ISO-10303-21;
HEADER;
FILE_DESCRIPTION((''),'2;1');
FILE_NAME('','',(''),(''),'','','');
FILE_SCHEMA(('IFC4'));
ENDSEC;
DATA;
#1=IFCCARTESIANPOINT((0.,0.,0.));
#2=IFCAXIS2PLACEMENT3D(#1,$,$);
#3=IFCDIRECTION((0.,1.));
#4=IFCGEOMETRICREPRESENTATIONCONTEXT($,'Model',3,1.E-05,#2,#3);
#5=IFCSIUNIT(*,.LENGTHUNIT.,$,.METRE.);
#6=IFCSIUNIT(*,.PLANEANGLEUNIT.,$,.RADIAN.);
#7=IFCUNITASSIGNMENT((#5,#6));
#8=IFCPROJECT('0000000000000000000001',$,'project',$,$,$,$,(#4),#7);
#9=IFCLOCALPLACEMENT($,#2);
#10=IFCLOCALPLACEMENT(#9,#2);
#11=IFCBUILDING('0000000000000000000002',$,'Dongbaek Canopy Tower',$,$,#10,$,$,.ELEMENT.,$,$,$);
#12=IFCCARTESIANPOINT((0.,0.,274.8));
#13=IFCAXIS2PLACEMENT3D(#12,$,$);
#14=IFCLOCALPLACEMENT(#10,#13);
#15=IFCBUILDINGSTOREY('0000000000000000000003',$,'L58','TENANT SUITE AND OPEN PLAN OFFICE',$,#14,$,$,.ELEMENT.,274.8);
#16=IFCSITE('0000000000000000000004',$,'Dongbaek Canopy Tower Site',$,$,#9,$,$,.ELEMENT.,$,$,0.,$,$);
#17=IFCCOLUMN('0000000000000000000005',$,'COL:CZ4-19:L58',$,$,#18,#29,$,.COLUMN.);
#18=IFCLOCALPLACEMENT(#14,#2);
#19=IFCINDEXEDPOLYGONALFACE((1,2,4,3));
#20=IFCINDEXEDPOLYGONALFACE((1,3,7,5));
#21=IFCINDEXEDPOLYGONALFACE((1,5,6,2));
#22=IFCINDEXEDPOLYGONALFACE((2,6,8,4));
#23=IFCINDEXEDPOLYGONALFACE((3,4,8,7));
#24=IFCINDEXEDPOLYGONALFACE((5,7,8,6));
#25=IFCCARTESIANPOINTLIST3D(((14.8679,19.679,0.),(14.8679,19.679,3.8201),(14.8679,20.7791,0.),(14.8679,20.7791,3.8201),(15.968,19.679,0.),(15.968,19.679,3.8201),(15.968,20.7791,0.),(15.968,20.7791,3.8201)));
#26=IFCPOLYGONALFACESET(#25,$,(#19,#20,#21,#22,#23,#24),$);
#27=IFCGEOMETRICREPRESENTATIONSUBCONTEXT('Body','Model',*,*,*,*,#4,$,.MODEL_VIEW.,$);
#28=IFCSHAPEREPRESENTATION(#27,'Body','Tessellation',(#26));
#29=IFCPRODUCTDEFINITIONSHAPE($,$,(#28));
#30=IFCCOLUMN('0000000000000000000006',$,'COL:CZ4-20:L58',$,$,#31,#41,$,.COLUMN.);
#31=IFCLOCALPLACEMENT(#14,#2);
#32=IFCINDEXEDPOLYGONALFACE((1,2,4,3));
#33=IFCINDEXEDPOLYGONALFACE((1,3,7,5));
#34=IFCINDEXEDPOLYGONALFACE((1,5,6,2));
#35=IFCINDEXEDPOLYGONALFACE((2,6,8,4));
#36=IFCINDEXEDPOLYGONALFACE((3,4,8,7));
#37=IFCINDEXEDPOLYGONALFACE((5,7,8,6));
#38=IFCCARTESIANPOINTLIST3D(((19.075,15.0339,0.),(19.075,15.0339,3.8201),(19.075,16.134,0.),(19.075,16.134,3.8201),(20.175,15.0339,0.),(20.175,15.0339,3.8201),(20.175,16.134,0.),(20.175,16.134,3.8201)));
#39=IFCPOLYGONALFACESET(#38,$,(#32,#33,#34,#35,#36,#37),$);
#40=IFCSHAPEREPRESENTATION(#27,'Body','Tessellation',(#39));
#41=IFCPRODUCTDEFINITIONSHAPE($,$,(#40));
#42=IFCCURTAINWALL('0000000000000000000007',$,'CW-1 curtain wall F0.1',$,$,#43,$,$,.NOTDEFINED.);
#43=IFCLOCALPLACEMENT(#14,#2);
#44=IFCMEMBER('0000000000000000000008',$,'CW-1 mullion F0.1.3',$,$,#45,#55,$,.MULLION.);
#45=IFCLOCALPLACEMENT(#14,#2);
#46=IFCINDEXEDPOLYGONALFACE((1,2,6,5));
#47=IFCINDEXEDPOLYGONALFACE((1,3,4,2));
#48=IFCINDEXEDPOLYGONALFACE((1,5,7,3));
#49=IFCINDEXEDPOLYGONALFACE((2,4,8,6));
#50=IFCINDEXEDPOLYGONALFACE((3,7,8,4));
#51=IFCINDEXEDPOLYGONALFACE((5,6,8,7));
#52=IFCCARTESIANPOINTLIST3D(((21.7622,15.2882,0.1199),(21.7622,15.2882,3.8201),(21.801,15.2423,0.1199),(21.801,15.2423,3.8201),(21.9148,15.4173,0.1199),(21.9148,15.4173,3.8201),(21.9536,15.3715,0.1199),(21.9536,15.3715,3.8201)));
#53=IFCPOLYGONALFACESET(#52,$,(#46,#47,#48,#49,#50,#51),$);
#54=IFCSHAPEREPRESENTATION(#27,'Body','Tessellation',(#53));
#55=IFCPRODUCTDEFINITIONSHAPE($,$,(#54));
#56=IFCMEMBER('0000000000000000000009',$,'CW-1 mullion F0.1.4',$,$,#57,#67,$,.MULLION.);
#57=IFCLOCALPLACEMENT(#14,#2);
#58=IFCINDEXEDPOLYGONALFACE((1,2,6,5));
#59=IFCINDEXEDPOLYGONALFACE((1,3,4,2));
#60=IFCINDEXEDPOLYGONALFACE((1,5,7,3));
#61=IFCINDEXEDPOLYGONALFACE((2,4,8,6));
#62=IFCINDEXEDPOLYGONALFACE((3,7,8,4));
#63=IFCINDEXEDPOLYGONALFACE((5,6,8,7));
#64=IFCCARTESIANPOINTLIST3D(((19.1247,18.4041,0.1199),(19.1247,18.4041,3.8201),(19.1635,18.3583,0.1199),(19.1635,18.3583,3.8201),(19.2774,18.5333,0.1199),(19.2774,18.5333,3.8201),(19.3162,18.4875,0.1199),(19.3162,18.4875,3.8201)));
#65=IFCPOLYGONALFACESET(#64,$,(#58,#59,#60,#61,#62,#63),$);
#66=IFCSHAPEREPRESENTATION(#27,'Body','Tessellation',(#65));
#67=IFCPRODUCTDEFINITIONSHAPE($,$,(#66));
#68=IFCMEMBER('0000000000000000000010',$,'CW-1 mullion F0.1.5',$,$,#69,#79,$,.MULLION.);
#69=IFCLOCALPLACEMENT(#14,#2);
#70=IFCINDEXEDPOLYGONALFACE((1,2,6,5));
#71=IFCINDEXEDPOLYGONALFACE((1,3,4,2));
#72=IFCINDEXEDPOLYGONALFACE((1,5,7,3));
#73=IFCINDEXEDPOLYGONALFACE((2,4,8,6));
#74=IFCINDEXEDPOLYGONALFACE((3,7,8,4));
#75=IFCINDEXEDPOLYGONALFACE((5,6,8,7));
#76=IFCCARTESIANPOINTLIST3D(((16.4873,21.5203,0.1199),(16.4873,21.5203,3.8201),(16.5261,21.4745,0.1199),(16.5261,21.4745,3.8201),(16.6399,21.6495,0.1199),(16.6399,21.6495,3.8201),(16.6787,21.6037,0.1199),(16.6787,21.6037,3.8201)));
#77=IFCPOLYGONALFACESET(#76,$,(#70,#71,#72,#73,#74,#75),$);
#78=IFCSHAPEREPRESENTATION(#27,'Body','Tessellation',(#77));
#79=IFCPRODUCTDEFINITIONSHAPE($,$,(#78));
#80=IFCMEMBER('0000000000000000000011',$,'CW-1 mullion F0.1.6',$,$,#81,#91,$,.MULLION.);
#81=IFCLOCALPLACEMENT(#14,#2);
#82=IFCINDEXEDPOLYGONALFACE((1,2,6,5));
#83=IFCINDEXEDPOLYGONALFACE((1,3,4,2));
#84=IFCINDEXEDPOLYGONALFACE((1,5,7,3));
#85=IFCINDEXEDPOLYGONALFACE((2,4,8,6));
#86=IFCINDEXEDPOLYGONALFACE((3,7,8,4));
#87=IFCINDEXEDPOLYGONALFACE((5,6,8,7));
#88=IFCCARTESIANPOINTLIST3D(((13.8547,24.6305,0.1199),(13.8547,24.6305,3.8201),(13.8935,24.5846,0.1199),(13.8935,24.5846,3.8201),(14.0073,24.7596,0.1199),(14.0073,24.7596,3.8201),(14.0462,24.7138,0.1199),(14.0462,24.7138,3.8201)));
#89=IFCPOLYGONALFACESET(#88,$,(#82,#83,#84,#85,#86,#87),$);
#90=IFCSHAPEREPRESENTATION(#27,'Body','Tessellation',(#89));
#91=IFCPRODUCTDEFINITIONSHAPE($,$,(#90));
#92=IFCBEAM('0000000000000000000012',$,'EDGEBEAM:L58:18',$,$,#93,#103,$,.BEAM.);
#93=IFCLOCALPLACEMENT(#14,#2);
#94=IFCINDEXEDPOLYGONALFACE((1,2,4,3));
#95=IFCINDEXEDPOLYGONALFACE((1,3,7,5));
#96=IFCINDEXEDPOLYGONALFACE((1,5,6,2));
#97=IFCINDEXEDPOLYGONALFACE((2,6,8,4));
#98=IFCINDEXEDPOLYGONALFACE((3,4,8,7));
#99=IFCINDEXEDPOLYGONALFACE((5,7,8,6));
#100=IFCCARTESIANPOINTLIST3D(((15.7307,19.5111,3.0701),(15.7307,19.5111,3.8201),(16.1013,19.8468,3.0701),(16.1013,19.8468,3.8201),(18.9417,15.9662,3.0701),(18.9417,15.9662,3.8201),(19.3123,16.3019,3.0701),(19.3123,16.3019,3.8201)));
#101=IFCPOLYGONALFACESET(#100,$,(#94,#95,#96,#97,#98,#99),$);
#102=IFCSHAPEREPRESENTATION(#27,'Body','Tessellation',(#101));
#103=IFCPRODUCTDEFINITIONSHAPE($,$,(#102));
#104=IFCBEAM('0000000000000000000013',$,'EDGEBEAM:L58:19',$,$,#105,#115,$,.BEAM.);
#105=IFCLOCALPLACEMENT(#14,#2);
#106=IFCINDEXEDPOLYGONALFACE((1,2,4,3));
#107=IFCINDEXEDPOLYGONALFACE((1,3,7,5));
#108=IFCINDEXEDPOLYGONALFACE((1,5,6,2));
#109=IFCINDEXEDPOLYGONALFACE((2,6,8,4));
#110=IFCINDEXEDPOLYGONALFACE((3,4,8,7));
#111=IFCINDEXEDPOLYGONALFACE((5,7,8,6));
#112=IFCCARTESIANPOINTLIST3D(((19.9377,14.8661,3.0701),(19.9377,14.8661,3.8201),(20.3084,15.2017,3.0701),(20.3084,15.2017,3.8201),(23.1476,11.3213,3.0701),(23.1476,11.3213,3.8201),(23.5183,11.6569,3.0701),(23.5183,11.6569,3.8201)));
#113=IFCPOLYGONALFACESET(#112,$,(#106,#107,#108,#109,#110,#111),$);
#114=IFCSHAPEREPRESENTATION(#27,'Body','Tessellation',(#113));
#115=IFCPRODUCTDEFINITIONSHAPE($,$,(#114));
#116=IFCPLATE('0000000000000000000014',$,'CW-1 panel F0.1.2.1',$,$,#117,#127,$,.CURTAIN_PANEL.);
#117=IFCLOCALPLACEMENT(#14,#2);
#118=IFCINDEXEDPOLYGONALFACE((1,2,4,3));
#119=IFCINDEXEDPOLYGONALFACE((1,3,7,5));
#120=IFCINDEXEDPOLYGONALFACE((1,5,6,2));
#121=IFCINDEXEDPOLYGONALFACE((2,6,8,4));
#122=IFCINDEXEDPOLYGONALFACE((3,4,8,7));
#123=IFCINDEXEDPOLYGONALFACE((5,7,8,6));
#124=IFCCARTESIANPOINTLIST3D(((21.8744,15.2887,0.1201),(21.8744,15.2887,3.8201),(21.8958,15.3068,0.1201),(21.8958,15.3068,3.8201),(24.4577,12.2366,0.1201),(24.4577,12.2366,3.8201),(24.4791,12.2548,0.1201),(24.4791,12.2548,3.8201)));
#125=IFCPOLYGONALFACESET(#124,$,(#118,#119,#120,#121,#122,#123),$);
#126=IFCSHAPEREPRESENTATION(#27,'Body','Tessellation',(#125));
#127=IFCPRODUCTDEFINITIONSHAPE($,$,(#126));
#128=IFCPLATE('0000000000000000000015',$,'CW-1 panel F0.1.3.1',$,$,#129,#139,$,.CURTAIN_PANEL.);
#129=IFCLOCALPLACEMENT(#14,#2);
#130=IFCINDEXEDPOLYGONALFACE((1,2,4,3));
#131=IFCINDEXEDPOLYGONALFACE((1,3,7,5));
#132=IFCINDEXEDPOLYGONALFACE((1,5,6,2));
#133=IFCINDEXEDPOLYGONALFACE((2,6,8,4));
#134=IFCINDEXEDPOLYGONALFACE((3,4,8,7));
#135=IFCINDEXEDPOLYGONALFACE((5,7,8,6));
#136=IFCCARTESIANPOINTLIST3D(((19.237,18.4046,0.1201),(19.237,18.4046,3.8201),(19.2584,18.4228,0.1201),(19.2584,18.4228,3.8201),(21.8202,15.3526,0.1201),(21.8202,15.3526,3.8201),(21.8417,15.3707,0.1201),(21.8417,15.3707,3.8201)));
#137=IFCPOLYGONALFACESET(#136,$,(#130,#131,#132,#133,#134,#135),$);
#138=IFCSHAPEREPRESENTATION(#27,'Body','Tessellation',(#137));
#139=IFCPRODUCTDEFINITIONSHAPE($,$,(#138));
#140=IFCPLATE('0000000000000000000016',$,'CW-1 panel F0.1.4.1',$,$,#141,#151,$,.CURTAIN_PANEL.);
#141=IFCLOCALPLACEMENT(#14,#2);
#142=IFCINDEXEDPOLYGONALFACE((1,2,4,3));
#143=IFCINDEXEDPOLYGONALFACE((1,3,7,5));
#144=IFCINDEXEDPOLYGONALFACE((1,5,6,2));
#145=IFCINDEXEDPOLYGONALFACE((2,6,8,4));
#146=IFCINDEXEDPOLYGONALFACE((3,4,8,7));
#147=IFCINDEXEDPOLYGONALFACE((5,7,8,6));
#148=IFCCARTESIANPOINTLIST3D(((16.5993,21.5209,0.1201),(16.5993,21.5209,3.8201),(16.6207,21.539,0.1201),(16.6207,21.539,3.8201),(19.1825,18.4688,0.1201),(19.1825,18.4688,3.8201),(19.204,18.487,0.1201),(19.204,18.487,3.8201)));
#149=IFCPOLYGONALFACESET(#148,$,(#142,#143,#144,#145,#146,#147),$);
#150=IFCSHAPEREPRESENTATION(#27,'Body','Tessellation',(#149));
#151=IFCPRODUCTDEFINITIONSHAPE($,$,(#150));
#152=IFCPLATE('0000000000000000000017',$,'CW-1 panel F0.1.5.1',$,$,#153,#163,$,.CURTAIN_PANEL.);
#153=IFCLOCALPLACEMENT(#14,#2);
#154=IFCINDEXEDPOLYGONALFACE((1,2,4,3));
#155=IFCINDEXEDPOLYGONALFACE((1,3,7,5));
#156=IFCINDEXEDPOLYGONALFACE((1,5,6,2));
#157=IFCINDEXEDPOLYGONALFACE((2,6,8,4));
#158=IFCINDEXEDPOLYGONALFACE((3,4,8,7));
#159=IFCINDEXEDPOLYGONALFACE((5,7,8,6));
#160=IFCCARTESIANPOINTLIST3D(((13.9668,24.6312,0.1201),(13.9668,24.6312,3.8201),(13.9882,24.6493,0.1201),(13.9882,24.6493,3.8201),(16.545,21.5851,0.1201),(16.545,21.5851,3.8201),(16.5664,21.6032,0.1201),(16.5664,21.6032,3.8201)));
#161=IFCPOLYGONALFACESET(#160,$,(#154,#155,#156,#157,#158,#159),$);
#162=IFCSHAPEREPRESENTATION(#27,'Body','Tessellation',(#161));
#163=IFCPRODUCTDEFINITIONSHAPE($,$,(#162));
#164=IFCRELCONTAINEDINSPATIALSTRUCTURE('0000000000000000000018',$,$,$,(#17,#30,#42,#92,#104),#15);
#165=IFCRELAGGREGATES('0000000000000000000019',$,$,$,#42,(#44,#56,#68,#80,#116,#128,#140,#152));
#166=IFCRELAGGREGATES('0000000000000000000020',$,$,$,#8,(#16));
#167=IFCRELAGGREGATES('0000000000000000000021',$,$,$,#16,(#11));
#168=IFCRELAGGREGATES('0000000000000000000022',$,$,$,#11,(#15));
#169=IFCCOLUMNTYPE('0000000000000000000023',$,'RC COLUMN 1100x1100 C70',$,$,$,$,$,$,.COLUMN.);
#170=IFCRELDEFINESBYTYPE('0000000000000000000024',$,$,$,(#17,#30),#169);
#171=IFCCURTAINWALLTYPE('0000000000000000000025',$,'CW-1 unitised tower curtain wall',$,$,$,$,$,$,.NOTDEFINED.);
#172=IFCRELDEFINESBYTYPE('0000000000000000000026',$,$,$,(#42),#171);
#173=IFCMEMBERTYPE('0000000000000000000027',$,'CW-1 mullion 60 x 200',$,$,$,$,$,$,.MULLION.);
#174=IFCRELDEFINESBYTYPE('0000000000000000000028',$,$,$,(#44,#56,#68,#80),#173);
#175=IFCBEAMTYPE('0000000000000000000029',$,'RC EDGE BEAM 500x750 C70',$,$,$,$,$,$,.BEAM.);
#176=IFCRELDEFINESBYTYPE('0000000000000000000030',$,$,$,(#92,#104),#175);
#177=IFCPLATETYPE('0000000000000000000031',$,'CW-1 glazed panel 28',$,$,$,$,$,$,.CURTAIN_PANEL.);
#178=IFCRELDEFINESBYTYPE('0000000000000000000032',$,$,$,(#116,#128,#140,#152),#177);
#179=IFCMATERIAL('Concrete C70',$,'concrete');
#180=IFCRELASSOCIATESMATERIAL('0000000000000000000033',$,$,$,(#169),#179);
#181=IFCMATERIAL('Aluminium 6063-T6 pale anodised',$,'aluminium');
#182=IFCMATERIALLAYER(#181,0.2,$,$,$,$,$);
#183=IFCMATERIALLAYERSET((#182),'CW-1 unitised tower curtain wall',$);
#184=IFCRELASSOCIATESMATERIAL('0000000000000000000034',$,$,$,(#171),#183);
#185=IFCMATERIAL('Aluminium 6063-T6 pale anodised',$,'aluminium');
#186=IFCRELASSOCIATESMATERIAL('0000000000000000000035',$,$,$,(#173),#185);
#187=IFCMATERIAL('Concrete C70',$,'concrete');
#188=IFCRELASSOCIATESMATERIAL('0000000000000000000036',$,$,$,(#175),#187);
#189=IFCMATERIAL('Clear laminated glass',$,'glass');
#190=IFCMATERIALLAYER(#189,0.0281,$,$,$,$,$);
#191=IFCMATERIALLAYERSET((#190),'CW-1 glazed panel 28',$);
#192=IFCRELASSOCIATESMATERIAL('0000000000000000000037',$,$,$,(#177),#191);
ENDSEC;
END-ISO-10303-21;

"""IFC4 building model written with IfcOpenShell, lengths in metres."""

from ifc_helpers import new_model, si_unit, direction, frame, origin, origin_2d, place, context, subcontext, project, spatial, rectangle, extrude, material, layer, layer_set, material_profile, profile_set, type_object, element, aggregate, save


model = new_model("IFC4")

# Units and contexts
model_context = context("Model", 3, precision=1e-05, world=origin(), true_north=direction((0.0, 1.0)))
body_context = subcontext(model_context, "Body", "Model", "MODEL_VIEW")
ifc_project = project(units=[si_unit("LENGTHUNIT", "METRE"), si_unit("PLANEANGLEUNIT", "RADIAN")], contexts=[model_context])

# Site, building, storey
site_placement = place(None, origin())
site = spatial("IfcSite", under=ifc_project, at=site_placement, Name="Dongbaek Canopy Tower Site", CompositionType="ELEMENT", RefElevation=0.0)
building_placement = place(site_placement, origin())
building = spatial("IfcBuilding", under=site, at=building_placement, Name="Dongbaek Canopy Tower", CompositionType="ELEMENT")
storey_placement = place(building_placement, frame((0.0, 0.0, 274.8)))
storey = spatial("IfcBuildingStorey", under=building, at=storey_placement, Name="L58", Description="TENANT SUITE AND OPEN PLAN OFFICE", CompositionType="ELEMENT", Elevation=274.8)

# Columns
ifc_material_1 = material(Name="Concrete C70", Category="concrete")
ifc_material_profile_1 = material_profile(ifc_material_1, rectangle(XDim=1.1001, YDim=1.1001, at=origin_2d()), Name="RC COLUMN 1100x1100 C70")
ifc_profile_set_1 = profile_set([ifc_material_profile_1], Name="Concrete C70")
column_type = type_object("IfcColumnType", Name="RC COLUMN 1100x1100 C70", PredefinedType="COLUMN", material=ifc_profile_set_1)
for number, where, z_axis, x_axis, name in (
    (1, (15.418, 20.229, 0.0), (0.0, 0.0, 1.0), (1.0, 0.0, 0.0), "COL:CZ4-19:L58"),
    (2, (19.625, 15.584, 0.0), (0.0, 0.0, 1.0), (1.0, 0.0, 0.0), "COL:CZ4-20:L58"),
):
    element("IfcColumn", number, at=place(storey_placement, frame(where, z_axis=z_axis, x_axis=x_axis)), inside=storey, type_object=column_type, Name=name, PredefinedType="COLUMN", context=body_context, shape_type="SweptSolid", body=[
        extrude(rectangle(XDim=1.1001, YDim=1.1001, at=origin_2d()), origin(), (0.0, 0.0, 1.0), 3.8201),
    ])

# Curtain wall, members
ifc_material_2 = material(Name="Aluminium 6063-T6 pale anodised", Category="aluminium")
ifc_layer_1 = layer(ifc_material_2, 0.2)
ifc_layer_set_1 = layer_set([ifc_layer_1], Name="CW-1 unitised tower curtain wall")
curtain_wall_type = type_object("IfcCurtainWallType", Name="CW-1 unitised tower curtain wall", PredefinedType="NOTDEFINED", material=ifc_layer_set_1)
curtain_wall_1_placement = place(storey_placement, origin())
curtain_wall_1 = element("IfcCurtainWall", 3, at=curtain_wall_1_placement, inside=storey, type_object=curtain_wall_type, Name="CW-1 curtain wall F0.1", PredefinedType="NOTDEFINED")
ifc_material_3 = material(Name="Aluminium 6063-T6 pale anodised", Category="aluminium")
ifc_material_profile_2 = material_profile(ifc_material_3, rectangle(XDim=0.2, YDim=0.0601, at=origin_2d()), Name="CW-1 mullion 60 x 200")
ifc_profile_set_2 = profile_set([ifc_material_profile_2], Name="Aluminium 6063-T6 pale anodised")
member_type = type_object("IfcMemberType", Name="CW-1 mullion 60 x 200", PredefinedType="MULLION", material=ifc_profile_set_2)
member_1_placement = place(storey_placement, frame((21.8579, 15.3298, 0.1199), z_axis=(0.0, 0.0, 1.0), x_axis=(0.763291, 0.646055, 0.0)))
member_1 = element("IfcMember", 4, at=member_1_placement, type_object=member_type, Name="CW-1 mullion F0.1.3", PredefinedType="MULLION", context=body_context, shape_type="SweptSolid", body=[
    extrude(rectangle(XDim=0.2, YDim=0.0601, at=origin_2d()), origin(), (0.0, 0.0, 1.0), 3.7002),
])
member_2_placement = place(storey_placement, frame((19.2205, 18.4458, 0.1199), z_axis=(0.0, 0.0, 1.0), x_axis=(0.763291, 0.646055, 0.0)))
member_2 = element("IfcMember", 5, at=member_2_placement, type_object=member_type, Name="CW-1 mullion F0.1.4", PredefinedType="MULLION", context=body_context, shape_type="SweptSolid", body=[
    extrude(rectangle(XDim=0.2, YDim=0.0601, at=origin_2d()), origin(), (0.0, 0.0, 1.0), 3.7002),
])
member_3_placement = place(storey_placement, frame((16.583, 21.562, 0.1199), z_axis=(0.0, 0.0, 1.0), x_axis=(0.763291, 0.646055, 0.0)))
member_3 = element("IfcMember", 6, at=member_3_placement, type_object=member_type, Name="CW-1 mullion F0.1.5", PredefinedType="MULLION", context=body_context, shape_type="SweptSolid", body=[
    extrude(rectangle(XDim=0.2, YDim=0.0601, at=origin_2d()), origin(), (0.0, 0.0, 1.0), 3.7002),
])
member_4_placement = place(storey_placement, frame((13.9504, 24.6721, 0.1199), z_axis=(0.0, 0.0, 1.0), x_axis=(0.763291, 0.646055, 0.0)))
member_4 = element("IfcMember", 7, at=member_4_placement, type_object=member_type, Name="CW-1 mullion F0.1.6", PredefinedType="MULLION", context=body_context, shape_type="SweptSolid", body=[
    extrude(rectangle(XDim=0.2, YDim=0.0601, at=origin_2d()), origin(), (0.0, 0.0, 1.0), 3.7002),
])

# Beams
ifc_material_4 = material(Name="Concrete C70", Category="concrete")
ifc_material_profile_3 = material_profile(ifc_material_4, rectangle(XDim=0.5, YDim=0.75, at=origin_2d()), Name="RC EDGE BEAM 500x750 C70")
ifc_profile_set_3 = profile_set([ifc_material_profile_3], Name="Concrete C70")
beam_type = type_object("IfcBeamType", Name="RC EDGE BEAM 500x750 C70", PredefinedType="BEAM", material=ifc_profile_set_3)
beam_1_placement = place(storey_placement, frame((15.916, 19.679, 3.4451), z_axis=(0.67133, -0.741158, 0.0), x_axis=(0.741158, 0.67133, 0.0)))
element("IfcBeam", 8, at=beam_1_placement, inside=storey, type_object=beam_type, Name="EDGEBEAM:L58:18", PredefinedType="BEAM", context=body_context, shape_type="SweptSolid", body=[
    extrude(rectangle(XDim=0.5, YDim=0.75, at=origin_2d()), origin(), (0.0, 0.0, 1.0), 4.783),
])
beam_2_placement = place(storey_placement, frame((20.123, 15.0339, 3.4451), z_axis=(0.671218, -0.74126, 0.0), x_axis=(0.74126, 0.671218, 0.0)))
element("IfcBeam", 9, at=beam_2_placement, inside=storey, type_object=beam_type, Name="EDGEBEAM:L58:19", PredefinedType="BEAM", context=body_context, shape_type="SweptSolid", body=[
    extrude(rectangle(XDim=0.5, YDim=0.75, at=origin_2d()), origin(), (0.0, 0.0, 1.0), 4.7822),
])

# Plates
ifc_material_5 = material(Name="Clear laminated glass", Category="glass")
ifc_layer_2 = layer(ifc_material_5, 0.0281)
ifc_layer_set_2 = layer_set([ifc_layer_2], Name="CW-1 glazed panel 28")
plate_type = type_object("IfcPlateType", Name="CW-1 glazed panel 28", PredefinedType="CURTAIN_PANEL", material=ifc_layer_set_2)
plate_1_placement = place(storey_placement, frame((23.1768, 13.7717, 0.1201), z_axis=(0.0, 0.0, 1.0), x_axis=(-0.646055, 0.763291, 0.0)))
plate_1 = element("IfcPlate", 10, at=plate_1_placement, type_object=plate_type, Name="CW-1 panel F0.1.2.1", PredefinedType="CURTAIN_PANEL", context=body_context, shape_type="SweptSolid", body=[
    extrude(rectangle(XDim=3.9985, YDim=0.0281, at=origin_2d()), origin(), (0.0, 0.0, 1.0), 3.7),
])
plate_2_placement = place(storey_placement, frame((20.5393, 16.8877, 0.1201), z_axis=(0.0, 0.0, 1.0), x_axis=(-0.646055, 0.763291, 0.0)))
plate_2 = element("IfcPlate", 11, at=plate_2_placement, type_object=plate_type, Name="CW-1 panel F0.1.3.1", PredefinedType="CURTAIN_PANEL", context=body_context, shape_type="SweptSolid", body=[
    extrude(rectangle(XDim=3.9985, YDim=0.0281, at=origin_2d()), origin(), (0.0, 0.0, 1.0), 3.7),
])
plate_3_placement = place(storey_placement, frame((17.9016, 20.0039, 0.1201), z_axis=(0.0, 0.0, 1.0), x_axis=(-0.646055, 0.763291, 0.0)))
plate_3 = element("IfcPlate", 12, at=plate_3_placement, type_object=plate_type, Name="CW-1 panel F0.1.4.1", PredefinedType="CURTAIN_PANEL", context=body_context, shape_type="SweptSolid", body=[
    extrude(rectangle(XDim=3.9985, YDim=0.0281, at=origin_2d()), origin(), (0.0, 0.0, 1.0), 3.7),
])
plate_4_placement = place(storey_placement, frame((15.2666, 23.1172, 0.1201), z_axis=(0.0, 0.0, 1.0), x_axis=(-0.646055, 0.763291, 0.0)))
plate_4 = element("IfcPlate", 13, at=plate_4_placement, type_object=plate_type, Name="CW-1 panel F0.1.5.1", PredefinedType="CURTAIN_PANEL", context=body_context, shape_type="SweptSolid", body=[
    extrude(rectangle(XDim=3.9907, YDim=0.0281, at=origin_2d()), origin(), (0.0, 0.0, 1.0), 3.7),
])

aggregate(curtain_wall_1, [member_1, member_2, member_3, member_4, plate_1, plate_2, plate_3, plate_4])

save(model, "model.ifc")
